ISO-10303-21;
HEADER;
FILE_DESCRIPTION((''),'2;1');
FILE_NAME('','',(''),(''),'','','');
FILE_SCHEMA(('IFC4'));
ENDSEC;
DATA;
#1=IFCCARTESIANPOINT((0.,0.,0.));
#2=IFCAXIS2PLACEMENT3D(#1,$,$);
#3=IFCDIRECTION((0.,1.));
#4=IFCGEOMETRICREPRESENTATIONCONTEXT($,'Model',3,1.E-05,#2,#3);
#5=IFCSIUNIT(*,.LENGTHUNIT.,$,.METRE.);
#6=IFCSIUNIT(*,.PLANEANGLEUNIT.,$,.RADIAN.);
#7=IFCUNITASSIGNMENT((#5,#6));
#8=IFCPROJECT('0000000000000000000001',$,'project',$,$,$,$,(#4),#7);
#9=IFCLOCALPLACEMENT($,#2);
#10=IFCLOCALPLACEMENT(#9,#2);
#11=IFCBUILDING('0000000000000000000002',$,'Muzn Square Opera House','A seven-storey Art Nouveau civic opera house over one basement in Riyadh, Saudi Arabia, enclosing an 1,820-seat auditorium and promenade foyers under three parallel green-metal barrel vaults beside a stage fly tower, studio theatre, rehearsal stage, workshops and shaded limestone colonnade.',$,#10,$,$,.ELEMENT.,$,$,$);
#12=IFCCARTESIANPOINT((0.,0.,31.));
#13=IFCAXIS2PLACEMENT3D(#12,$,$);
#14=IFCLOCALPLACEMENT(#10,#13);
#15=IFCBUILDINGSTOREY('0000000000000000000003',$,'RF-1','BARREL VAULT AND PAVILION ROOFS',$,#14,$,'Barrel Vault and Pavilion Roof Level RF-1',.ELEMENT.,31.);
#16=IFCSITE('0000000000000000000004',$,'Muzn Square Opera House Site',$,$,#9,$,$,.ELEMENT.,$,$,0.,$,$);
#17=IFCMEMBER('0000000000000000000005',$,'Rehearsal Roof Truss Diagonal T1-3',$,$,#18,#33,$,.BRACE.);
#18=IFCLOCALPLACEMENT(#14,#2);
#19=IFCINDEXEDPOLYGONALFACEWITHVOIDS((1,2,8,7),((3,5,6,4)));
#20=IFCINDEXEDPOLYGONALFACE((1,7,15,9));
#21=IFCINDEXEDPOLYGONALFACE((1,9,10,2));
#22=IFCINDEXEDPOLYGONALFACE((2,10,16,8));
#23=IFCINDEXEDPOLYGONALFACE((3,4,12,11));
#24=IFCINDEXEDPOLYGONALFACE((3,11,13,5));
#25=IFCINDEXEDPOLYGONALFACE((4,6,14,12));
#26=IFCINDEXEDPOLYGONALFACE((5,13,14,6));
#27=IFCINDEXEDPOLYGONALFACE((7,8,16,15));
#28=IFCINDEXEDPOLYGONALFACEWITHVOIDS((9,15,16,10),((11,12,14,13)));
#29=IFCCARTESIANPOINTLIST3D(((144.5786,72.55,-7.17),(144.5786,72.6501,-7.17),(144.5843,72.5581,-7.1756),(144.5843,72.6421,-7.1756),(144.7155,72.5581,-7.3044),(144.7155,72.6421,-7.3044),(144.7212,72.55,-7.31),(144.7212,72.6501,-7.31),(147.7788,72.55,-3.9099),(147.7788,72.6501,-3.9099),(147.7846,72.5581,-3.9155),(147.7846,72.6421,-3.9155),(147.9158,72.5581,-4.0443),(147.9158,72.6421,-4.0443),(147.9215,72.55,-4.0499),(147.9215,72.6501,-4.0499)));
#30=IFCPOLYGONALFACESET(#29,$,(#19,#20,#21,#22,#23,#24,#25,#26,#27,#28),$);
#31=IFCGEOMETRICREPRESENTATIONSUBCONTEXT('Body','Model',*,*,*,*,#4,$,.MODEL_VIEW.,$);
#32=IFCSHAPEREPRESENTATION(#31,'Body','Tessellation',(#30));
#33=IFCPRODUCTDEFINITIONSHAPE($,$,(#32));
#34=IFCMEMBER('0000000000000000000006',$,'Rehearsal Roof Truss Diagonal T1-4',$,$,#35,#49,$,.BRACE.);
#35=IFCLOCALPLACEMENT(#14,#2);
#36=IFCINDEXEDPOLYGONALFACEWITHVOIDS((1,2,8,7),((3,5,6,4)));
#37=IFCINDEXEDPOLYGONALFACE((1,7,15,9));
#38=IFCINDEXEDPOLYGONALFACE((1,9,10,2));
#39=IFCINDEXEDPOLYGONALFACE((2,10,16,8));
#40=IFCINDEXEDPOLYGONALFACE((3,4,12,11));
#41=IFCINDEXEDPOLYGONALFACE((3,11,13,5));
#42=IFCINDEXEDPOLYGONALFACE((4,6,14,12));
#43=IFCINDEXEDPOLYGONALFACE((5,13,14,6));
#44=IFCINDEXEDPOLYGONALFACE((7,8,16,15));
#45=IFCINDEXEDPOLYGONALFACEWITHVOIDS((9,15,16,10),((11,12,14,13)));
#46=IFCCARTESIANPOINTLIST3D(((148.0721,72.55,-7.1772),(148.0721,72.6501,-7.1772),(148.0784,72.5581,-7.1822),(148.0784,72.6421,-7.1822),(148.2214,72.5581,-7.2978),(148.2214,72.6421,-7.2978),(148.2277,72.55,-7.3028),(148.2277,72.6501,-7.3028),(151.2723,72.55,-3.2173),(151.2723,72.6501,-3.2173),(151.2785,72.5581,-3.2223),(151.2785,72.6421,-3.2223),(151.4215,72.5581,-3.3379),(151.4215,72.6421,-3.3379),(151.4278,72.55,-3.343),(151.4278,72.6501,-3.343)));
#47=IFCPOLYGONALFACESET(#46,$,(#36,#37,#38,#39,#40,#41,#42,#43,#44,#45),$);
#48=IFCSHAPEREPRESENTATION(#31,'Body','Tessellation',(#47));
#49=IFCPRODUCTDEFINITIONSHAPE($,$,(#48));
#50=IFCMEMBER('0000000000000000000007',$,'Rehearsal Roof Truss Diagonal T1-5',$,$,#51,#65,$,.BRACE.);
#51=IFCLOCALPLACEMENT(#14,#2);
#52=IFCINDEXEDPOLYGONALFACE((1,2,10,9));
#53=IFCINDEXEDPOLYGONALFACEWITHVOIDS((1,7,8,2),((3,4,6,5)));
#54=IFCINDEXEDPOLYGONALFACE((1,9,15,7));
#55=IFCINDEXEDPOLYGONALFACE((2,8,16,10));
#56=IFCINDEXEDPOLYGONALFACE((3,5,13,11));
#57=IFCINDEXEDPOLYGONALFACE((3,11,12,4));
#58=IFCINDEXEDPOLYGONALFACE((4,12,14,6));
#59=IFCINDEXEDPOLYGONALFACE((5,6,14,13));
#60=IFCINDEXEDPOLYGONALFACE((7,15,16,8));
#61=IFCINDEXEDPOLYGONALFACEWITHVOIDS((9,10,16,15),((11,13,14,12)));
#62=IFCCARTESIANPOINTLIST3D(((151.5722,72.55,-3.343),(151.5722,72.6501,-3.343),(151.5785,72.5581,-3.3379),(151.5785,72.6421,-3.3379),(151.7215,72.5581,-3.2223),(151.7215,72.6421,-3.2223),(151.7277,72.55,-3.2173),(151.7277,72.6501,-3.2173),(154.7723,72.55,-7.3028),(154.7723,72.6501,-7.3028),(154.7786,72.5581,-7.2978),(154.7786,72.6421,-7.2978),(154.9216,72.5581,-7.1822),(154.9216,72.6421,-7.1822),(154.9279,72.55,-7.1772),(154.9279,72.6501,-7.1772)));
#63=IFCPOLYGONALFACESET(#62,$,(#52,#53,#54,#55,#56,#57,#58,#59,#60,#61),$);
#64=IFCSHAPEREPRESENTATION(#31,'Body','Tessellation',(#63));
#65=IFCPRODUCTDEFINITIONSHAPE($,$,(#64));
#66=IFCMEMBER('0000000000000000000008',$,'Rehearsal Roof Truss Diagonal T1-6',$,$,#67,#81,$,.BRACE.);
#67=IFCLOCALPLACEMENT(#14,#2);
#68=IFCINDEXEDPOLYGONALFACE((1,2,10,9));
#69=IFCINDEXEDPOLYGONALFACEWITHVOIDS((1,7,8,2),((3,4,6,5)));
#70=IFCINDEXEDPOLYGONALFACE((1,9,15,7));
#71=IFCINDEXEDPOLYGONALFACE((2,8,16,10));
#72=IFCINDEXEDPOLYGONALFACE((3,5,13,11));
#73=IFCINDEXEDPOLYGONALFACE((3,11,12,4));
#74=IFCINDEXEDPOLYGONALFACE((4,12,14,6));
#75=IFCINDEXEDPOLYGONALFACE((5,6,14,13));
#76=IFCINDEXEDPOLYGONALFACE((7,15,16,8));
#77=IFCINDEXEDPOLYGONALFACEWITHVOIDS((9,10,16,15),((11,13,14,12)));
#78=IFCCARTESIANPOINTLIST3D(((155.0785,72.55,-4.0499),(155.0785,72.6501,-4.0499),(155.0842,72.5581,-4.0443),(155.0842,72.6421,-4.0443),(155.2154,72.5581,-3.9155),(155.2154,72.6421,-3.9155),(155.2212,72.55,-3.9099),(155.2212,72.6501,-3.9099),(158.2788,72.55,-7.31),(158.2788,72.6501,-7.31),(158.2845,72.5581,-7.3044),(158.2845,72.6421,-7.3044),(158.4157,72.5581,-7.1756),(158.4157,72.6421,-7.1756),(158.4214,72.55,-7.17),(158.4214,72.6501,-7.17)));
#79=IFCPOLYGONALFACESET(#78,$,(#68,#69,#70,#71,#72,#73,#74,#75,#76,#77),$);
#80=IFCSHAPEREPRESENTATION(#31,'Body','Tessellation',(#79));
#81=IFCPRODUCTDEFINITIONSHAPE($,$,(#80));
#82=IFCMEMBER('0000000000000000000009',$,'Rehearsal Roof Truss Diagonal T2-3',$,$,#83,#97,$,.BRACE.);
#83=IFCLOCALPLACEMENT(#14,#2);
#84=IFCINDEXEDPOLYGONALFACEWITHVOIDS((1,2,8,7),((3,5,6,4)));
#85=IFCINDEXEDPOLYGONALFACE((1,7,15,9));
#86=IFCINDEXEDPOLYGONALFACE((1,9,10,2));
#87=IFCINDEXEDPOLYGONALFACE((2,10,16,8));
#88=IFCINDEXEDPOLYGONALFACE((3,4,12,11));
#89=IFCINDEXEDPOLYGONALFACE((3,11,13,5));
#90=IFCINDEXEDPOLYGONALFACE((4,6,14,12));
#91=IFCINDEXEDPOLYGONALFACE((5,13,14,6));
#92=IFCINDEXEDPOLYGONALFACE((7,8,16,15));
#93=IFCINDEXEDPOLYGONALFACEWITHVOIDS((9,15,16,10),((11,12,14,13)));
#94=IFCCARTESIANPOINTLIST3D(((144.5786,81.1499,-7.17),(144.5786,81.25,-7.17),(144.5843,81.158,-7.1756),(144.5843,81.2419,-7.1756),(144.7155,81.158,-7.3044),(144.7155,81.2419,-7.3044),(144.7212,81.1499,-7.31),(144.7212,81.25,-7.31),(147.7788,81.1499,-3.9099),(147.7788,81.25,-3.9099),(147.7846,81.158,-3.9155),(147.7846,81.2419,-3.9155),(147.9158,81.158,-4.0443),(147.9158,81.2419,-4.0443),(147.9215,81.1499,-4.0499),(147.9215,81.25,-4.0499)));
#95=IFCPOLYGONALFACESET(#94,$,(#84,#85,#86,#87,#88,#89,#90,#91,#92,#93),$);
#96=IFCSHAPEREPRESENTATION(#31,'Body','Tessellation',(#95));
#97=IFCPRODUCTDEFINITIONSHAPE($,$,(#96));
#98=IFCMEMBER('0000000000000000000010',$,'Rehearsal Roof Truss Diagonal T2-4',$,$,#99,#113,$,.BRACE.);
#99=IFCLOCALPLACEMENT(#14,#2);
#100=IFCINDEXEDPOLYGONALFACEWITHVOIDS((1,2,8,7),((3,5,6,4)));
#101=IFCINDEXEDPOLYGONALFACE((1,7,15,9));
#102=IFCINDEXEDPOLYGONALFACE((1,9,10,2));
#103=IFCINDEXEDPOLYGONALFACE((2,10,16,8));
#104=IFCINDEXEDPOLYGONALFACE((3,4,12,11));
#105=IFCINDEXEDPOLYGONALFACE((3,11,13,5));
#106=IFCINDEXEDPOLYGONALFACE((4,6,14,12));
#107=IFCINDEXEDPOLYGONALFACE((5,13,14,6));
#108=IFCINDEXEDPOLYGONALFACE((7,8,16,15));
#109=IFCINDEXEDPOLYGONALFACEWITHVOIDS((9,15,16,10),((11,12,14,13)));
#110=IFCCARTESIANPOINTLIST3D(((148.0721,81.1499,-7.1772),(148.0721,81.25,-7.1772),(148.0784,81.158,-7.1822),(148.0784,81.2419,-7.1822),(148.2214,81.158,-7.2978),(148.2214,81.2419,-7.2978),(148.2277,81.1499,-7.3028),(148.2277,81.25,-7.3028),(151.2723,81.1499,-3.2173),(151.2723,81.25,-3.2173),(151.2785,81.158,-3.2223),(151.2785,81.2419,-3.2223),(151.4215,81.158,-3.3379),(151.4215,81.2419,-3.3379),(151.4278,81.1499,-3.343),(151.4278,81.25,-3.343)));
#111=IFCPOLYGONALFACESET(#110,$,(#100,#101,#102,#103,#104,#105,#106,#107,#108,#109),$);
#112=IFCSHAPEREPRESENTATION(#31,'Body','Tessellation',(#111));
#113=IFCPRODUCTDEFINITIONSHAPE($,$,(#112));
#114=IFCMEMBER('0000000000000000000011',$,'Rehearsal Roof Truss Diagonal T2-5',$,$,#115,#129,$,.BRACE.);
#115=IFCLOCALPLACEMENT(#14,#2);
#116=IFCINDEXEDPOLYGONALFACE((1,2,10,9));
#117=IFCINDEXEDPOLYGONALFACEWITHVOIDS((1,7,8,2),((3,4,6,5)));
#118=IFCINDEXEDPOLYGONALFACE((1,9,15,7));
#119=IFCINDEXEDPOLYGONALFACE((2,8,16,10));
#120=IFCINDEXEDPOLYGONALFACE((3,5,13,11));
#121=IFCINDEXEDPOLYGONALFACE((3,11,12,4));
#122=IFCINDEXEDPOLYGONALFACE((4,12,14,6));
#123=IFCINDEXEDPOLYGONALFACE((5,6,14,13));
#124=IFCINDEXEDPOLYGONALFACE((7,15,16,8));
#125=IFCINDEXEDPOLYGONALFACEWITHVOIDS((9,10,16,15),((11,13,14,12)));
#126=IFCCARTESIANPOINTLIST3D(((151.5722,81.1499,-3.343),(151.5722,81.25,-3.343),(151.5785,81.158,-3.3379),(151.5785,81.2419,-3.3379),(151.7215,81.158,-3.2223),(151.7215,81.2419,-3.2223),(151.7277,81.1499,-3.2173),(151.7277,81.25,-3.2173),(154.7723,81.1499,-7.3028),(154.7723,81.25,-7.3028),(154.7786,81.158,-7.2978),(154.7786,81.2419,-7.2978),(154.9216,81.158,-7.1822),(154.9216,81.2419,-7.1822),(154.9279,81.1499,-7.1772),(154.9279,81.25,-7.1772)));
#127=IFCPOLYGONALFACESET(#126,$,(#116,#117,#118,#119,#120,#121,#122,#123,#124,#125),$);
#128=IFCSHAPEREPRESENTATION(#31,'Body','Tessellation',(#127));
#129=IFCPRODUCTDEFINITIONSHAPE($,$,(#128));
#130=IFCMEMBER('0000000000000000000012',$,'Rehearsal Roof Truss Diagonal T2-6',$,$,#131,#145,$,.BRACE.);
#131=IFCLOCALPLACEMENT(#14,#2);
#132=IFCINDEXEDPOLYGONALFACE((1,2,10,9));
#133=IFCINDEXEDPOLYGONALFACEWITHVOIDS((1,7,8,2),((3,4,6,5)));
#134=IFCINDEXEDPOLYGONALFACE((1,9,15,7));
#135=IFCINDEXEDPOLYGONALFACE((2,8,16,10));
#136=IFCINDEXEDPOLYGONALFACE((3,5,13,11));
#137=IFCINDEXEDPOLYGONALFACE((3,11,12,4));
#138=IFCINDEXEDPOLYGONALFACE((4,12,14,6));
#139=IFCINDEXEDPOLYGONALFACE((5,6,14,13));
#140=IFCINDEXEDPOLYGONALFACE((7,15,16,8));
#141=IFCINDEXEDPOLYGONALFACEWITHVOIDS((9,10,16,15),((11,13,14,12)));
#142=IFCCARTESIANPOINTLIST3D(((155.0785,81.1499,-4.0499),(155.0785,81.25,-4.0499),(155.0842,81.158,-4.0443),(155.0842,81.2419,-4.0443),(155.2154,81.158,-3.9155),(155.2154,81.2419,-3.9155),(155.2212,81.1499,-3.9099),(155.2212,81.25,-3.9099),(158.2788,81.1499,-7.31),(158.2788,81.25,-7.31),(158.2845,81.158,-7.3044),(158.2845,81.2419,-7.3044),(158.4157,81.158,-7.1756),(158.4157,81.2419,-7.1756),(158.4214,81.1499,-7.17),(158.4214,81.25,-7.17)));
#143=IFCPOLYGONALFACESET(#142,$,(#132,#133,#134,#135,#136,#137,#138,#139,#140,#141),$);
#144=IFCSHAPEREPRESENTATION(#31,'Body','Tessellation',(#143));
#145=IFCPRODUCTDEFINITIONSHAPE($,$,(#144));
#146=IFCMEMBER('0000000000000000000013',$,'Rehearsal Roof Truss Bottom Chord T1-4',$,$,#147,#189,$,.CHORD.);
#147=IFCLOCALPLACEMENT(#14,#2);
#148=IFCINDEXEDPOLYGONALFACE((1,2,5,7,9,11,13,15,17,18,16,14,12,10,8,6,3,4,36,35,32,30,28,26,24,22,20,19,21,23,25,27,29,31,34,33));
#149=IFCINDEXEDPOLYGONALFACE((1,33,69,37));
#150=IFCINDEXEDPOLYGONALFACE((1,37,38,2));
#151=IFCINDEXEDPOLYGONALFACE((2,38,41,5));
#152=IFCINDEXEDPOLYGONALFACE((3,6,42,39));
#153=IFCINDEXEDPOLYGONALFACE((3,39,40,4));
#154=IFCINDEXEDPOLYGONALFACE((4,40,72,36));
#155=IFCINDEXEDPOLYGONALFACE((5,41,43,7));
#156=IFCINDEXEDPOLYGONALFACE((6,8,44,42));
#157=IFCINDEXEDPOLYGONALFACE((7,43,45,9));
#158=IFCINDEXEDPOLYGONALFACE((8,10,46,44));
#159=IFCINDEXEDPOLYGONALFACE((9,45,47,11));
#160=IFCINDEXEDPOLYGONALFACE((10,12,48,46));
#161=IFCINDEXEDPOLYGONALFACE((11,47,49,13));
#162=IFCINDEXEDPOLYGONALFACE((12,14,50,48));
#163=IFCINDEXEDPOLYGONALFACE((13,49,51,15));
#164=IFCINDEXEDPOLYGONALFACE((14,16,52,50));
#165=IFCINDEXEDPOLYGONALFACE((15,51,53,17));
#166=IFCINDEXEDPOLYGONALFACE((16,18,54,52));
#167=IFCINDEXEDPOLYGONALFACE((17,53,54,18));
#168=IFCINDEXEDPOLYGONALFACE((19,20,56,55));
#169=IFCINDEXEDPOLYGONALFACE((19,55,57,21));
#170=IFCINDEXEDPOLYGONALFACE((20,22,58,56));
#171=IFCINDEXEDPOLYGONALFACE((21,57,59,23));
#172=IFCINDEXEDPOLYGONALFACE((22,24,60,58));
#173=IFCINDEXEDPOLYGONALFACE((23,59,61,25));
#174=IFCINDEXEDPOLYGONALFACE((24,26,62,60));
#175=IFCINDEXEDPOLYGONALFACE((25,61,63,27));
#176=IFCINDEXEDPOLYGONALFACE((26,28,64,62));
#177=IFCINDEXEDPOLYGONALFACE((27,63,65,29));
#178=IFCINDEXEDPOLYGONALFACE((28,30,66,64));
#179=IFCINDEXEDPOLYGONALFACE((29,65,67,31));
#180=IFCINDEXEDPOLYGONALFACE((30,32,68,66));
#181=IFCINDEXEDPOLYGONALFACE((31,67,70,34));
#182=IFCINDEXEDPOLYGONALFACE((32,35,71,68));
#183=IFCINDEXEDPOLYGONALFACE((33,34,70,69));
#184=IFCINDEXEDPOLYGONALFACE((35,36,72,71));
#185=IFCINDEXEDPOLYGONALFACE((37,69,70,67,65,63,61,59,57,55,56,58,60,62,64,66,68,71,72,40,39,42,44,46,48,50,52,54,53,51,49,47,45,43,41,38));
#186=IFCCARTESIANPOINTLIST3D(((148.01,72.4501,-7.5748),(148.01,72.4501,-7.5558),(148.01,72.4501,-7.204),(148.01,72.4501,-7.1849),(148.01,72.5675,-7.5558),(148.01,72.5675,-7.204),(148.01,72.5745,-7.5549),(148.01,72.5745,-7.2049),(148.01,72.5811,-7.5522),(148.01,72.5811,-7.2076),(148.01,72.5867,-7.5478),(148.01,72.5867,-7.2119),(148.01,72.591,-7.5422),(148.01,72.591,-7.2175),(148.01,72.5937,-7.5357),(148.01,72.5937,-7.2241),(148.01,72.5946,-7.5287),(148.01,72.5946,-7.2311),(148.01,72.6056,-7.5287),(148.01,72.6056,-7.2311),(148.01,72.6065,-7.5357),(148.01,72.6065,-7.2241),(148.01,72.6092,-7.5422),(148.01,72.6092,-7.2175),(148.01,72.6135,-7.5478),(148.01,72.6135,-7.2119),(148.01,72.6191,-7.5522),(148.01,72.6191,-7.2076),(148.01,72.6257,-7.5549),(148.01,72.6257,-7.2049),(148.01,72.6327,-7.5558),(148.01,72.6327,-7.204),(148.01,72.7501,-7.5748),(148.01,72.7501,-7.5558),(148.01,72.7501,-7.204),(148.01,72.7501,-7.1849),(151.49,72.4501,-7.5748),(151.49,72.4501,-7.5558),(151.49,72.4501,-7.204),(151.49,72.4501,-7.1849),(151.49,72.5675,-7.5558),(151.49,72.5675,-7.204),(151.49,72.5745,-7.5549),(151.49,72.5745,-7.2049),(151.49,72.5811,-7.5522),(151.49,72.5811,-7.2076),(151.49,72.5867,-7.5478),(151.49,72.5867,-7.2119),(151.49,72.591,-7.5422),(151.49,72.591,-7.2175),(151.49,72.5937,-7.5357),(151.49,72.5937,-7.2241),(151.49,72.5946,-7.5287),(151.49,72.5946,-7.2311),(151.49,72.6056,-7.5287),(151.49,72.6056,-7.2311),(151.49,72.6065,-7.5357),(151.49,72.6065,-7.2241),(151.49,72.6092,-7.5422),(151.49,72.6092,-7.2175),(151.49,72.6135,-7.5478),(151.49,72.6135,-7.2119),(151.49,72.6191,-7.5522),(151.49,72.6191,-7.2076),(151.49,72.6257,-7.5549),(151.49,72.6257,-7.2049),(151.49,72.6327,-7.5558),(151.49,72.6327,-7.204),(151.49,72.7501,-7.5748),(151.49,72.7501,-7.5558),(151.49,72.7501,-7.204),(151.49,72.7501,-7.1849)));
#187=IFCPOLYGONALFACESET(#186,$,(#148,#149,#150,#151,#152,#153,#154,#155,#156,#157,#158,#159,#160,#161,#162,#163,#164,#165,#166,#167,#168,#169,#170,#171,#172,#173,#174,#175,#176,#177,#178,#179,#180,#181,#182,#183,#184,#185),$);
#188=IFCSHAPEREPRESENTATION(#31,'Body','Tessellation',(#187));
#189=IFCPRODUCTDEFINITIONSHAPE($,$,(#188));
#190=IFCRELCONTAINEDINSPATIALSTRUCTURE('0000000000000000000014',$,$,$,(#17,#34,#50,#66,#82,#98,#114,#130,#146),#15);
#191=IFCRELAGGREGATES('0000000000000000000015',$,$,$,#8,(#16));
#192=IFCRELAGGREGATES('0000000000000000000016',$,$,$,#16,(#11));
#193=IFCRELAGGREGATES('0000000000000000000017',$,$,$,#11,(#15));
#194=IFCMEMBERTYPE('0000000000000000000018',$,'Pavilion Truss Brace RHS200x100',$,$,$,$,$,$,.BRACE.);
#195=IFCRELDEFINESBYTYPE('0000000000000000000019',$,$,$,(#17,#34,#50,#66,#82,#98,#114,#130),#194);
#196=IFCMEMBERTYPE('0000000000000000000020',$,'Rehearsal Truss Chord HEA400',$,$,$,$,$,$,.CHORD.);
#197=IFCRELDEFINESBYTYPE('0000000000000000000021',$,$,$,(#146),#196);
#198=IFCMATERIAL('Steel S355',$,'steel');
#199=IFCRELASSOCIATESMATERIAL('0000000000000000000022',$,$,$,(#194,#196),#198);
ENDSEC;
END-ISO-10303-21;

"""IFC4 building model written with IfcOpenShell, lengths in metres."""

from ifc_helpers import new_model, si_unit, direction, frame, origin, origin_2d, place, context, subcontext, project, spatial, hollow_rectangle, i_section, extrude, material, material_profile, profile_set, type_object, element, save


model = new_model("IFC4")

# Units and contexts
model_context = context("Model", 3, precision=1e-05, world=origin(), true_north=direction((0.0, 1.0)))
body_context = subcontext(model_context, "Body", "Model", "MODEL_VIEW")
ifc_project = project(units=[si_unit("LENGTHUNIT", "METRE"), si_unit("PLANEANGLEUNIT", "RADIAN")], contexts=[model_context])

# Site, building, storey
site_placement = place(None, origin())
site = spatial("IfcSite", under=ifc_project, at=site_placement, Name="Muzn Square Opera House Site", CompositionType="ELEMENT", RefElevation=0.0)
building_placement = place(site_placement, origin())
building = spatial("IfcBuilding", under=site, at=building_placement, Name="Muzn Square Opera House", Description="A seven-storey Art Nouveau civic opera house over one basement in Riyadh, Saudi Arabia, enclosing an 1,820-seat auditorium and promenade foyers under three parallel green-metal barrel vaults beside a stage fly tower, studio theatre, rehearsal stage, workshops and shaded limestone colonnade.", CompositionType="ELEMENT")
storey_placement = place(building_placement, frame((0.0, 0.0, 31.0)))
storey = spatial("IfcBuildingStorey", under=building, at=storey_placement, Name="RF-1", Description="BARREL VAULT AND PAVILION ROOFS", LongName="Barrel Vault and Pavilion Roof Level RF-1", CompositionType="ELEMENT", Elevation=31.0)

# Members
ifc_material_1 = material(Name="Steel S355", Category="steel")
ifc_material_profile_1 = material_profile(ifc_material_1, hollow_rectangle(XDim=0.1001, YDim=0.2, WallThickness=0.0081, at=origin_2d()), Name="RHS 200x100x8", Category="steel")
ifc_profile_set_1 = profile_set([ifc_material_profile_1], Name="Steel S355")
member_type_1 = type_object("IfcMemberType", Name="Pavilion Truss Brace RHS200x100", PredefinedType="BRACE", material=ifc_profile_set_1)
member_1_placement = place(storey_placement, frame((144.6499, 72.6001, -7.24), z_axis=(0.70053, 0.0, 0.713623), x_axis=(0.0, 1.0, 0.0)))
element("IfcMember", 1, at=member_1_placement, inside=storey, type_object=member_type_1, Name="Rehearsal Roof Truss Diagonal T1-3", PredefinedType="BRACE", context=body_context, shape_type="SweptSolid", body=[
    extrude(hollow_rectangle(XDim=0.1001, YDim=0.2, WallThickness=0.0081, at=origin_2d()), origin(), (0.0, 0.0, 1.0), 4.5684),
])
for number, where, z_axis, x_axis, name in (
    (2, (148.1499, 72.6001, -7.24), (0.628547, 0.0, 0.777772), (0.0, 1.0, 0.0), "Rehearsal Roof Truss Diagonal T1-4"),
    (3, (154.8501, 72.6001, -7.24), (-0.628547, 0.0, 0.777772), (0.0, -1.0, 0.0), "Rehearsal Roof Truss Diagonal T1-5"),
):
    element("IfcMember", number, at=place(storey_placement, frame(where, z_axis=z_axis, x_axis=x_axis)), inside=storey, type_object=member_type_1, Name=name, PredefinedType="BRACE", context=body_context, shape_type="SweptSolid", body=[
        extrude(hollow_rectangle(XDim=0.1001, YDim=0.2, WallThickness=0.0081, at=origin_2d()), origin(), (0.0, 0.0, 1.0), 5.0913),
    ])
for number, where, z_axis, x_axis, name in (
    (4, (158.3501, 72.6001, -7.24), (-0.70053, 0.0, 0.713623), (0.0, -1.0, 0.0), "Rehearsal Roof Truss Diagonal T1-6"),
    (5, (144.6499, 81.2, -7.24), (0.70053, 0.0, 0.713623), (0.0, 1.0, 0.0), "Rehearsal Roof Truss Diagonal T2-3"),
):
    element("IfcMember", number, at=place(storey_placement, frame(where, z_axis=z_axis, x_axis=x_axis)), inside=storey, type_object=member_type_1, Name=name, PredefinedType="BRACE", context=body_context, shape_type="SweptSolid", body=[
        extrude(hollow_rectangle(XDim=0.1001, YDim=0.2, WallThickness=0.0081, at=origin_2d()), origin(), (0.0, 0.0, 1.0), 4.5684),
    ])
for number, where, z_axis, x_axis, name in (
    (6, (148.1499, 81.2, -7.24), (0.628547, 0.0, 0.777772), (0.0, 1.0, 0.0), "Rehearsal Roof Truss Diagonal T2-4"),
    (7, (154.8501, 81.2, -7.24), (-0.628547, 0.0, 0.777772), (0.0, -1.0, 0.0), "Rehearsal Roof Truss Diagonal T2-5"),
):
    element("IfcMember", number, at=place(storey_placement, frame(where, z_axis=z_axis, x_axis=x_axis)), inside=storey, type_object=member_type_1, Name=name, PredefinedType="BRACE", context=body_context, shape_type="SweptSolid", body=[
        extrude(hollow_rectangle(XDim=0.1001, YDim=0.2, WallThickness=0.0081, at=origin_2d()), origin(), (0.0, 0.0, 1.0), 5.0913),
    ])
member_2_placement = place(storey_placement, frame((158.3501, 81.2, -7.24), z_axis=(-0.70053, 0.0, 0.713623), x_axis=(0.0, -1.0, 0.0)))
element("IfcMember", 8, at=member_2_placement, inside=storey, type_object=member_type_1, Name="Rehearsal Roof Truss Diagonal T2-6", PredefinedType="BRACE", context=body_context, shape_type="SweptSolid", body=[
    extrude(hollow_rectangle(XDim=0.1001, YDim=0.2, WallThickness=0.0081, at=origin_2d()), origin(), (0.0, 0.0, 1.0), 4.5684),
])
ifc_material_profile_2 = material_profile(ifc_material_1, i_section(OverallWidth=0.3, OverallDepth=0.3899, WebThickness=0.011, FlangeThickness=0.019, FilletRadius=0.0271, at=origin_2d()), Name="HEA 400", Category="steel")
ifc_profile_set_2 = profile_set([ifc_material_profile_2], Name="Steel S355")
member_type_2 = type_object("IfcMemberType", Name="Rehearsal Truss Chord HEA400", PredefinedType="CHORD", material=ifc_profile_set_2)
for number, where, z_axis, x_axis, name in (
    (9, (148.01, 72.6001, -7.3799), (1.0, 0.0, 0.0), (0.0, 1.0, 0.0), "Rehearsal Roof Truss Bottom Chord T1-4"),
):
    element("IfcMember", number, at=place(storey_placement, frame(where, z_axis=z_axis, x_axis=x_axis)), inside=storey, type_object=member_type_2, Name=name, PredefinedType="CHORD", context=body_context, shape_type="SweptSolid", body=[
        extrude(i_section(OverallWidth=0.3, OverallDepth=0.3899, WebThickness=0.011, FlangeThickness=0.019, FilletRadius=0.0271, at=origin_2d()), origin(), (0.0, 0.0, 1.0), 3.48),
    ])

save(model, "model.ifc")
